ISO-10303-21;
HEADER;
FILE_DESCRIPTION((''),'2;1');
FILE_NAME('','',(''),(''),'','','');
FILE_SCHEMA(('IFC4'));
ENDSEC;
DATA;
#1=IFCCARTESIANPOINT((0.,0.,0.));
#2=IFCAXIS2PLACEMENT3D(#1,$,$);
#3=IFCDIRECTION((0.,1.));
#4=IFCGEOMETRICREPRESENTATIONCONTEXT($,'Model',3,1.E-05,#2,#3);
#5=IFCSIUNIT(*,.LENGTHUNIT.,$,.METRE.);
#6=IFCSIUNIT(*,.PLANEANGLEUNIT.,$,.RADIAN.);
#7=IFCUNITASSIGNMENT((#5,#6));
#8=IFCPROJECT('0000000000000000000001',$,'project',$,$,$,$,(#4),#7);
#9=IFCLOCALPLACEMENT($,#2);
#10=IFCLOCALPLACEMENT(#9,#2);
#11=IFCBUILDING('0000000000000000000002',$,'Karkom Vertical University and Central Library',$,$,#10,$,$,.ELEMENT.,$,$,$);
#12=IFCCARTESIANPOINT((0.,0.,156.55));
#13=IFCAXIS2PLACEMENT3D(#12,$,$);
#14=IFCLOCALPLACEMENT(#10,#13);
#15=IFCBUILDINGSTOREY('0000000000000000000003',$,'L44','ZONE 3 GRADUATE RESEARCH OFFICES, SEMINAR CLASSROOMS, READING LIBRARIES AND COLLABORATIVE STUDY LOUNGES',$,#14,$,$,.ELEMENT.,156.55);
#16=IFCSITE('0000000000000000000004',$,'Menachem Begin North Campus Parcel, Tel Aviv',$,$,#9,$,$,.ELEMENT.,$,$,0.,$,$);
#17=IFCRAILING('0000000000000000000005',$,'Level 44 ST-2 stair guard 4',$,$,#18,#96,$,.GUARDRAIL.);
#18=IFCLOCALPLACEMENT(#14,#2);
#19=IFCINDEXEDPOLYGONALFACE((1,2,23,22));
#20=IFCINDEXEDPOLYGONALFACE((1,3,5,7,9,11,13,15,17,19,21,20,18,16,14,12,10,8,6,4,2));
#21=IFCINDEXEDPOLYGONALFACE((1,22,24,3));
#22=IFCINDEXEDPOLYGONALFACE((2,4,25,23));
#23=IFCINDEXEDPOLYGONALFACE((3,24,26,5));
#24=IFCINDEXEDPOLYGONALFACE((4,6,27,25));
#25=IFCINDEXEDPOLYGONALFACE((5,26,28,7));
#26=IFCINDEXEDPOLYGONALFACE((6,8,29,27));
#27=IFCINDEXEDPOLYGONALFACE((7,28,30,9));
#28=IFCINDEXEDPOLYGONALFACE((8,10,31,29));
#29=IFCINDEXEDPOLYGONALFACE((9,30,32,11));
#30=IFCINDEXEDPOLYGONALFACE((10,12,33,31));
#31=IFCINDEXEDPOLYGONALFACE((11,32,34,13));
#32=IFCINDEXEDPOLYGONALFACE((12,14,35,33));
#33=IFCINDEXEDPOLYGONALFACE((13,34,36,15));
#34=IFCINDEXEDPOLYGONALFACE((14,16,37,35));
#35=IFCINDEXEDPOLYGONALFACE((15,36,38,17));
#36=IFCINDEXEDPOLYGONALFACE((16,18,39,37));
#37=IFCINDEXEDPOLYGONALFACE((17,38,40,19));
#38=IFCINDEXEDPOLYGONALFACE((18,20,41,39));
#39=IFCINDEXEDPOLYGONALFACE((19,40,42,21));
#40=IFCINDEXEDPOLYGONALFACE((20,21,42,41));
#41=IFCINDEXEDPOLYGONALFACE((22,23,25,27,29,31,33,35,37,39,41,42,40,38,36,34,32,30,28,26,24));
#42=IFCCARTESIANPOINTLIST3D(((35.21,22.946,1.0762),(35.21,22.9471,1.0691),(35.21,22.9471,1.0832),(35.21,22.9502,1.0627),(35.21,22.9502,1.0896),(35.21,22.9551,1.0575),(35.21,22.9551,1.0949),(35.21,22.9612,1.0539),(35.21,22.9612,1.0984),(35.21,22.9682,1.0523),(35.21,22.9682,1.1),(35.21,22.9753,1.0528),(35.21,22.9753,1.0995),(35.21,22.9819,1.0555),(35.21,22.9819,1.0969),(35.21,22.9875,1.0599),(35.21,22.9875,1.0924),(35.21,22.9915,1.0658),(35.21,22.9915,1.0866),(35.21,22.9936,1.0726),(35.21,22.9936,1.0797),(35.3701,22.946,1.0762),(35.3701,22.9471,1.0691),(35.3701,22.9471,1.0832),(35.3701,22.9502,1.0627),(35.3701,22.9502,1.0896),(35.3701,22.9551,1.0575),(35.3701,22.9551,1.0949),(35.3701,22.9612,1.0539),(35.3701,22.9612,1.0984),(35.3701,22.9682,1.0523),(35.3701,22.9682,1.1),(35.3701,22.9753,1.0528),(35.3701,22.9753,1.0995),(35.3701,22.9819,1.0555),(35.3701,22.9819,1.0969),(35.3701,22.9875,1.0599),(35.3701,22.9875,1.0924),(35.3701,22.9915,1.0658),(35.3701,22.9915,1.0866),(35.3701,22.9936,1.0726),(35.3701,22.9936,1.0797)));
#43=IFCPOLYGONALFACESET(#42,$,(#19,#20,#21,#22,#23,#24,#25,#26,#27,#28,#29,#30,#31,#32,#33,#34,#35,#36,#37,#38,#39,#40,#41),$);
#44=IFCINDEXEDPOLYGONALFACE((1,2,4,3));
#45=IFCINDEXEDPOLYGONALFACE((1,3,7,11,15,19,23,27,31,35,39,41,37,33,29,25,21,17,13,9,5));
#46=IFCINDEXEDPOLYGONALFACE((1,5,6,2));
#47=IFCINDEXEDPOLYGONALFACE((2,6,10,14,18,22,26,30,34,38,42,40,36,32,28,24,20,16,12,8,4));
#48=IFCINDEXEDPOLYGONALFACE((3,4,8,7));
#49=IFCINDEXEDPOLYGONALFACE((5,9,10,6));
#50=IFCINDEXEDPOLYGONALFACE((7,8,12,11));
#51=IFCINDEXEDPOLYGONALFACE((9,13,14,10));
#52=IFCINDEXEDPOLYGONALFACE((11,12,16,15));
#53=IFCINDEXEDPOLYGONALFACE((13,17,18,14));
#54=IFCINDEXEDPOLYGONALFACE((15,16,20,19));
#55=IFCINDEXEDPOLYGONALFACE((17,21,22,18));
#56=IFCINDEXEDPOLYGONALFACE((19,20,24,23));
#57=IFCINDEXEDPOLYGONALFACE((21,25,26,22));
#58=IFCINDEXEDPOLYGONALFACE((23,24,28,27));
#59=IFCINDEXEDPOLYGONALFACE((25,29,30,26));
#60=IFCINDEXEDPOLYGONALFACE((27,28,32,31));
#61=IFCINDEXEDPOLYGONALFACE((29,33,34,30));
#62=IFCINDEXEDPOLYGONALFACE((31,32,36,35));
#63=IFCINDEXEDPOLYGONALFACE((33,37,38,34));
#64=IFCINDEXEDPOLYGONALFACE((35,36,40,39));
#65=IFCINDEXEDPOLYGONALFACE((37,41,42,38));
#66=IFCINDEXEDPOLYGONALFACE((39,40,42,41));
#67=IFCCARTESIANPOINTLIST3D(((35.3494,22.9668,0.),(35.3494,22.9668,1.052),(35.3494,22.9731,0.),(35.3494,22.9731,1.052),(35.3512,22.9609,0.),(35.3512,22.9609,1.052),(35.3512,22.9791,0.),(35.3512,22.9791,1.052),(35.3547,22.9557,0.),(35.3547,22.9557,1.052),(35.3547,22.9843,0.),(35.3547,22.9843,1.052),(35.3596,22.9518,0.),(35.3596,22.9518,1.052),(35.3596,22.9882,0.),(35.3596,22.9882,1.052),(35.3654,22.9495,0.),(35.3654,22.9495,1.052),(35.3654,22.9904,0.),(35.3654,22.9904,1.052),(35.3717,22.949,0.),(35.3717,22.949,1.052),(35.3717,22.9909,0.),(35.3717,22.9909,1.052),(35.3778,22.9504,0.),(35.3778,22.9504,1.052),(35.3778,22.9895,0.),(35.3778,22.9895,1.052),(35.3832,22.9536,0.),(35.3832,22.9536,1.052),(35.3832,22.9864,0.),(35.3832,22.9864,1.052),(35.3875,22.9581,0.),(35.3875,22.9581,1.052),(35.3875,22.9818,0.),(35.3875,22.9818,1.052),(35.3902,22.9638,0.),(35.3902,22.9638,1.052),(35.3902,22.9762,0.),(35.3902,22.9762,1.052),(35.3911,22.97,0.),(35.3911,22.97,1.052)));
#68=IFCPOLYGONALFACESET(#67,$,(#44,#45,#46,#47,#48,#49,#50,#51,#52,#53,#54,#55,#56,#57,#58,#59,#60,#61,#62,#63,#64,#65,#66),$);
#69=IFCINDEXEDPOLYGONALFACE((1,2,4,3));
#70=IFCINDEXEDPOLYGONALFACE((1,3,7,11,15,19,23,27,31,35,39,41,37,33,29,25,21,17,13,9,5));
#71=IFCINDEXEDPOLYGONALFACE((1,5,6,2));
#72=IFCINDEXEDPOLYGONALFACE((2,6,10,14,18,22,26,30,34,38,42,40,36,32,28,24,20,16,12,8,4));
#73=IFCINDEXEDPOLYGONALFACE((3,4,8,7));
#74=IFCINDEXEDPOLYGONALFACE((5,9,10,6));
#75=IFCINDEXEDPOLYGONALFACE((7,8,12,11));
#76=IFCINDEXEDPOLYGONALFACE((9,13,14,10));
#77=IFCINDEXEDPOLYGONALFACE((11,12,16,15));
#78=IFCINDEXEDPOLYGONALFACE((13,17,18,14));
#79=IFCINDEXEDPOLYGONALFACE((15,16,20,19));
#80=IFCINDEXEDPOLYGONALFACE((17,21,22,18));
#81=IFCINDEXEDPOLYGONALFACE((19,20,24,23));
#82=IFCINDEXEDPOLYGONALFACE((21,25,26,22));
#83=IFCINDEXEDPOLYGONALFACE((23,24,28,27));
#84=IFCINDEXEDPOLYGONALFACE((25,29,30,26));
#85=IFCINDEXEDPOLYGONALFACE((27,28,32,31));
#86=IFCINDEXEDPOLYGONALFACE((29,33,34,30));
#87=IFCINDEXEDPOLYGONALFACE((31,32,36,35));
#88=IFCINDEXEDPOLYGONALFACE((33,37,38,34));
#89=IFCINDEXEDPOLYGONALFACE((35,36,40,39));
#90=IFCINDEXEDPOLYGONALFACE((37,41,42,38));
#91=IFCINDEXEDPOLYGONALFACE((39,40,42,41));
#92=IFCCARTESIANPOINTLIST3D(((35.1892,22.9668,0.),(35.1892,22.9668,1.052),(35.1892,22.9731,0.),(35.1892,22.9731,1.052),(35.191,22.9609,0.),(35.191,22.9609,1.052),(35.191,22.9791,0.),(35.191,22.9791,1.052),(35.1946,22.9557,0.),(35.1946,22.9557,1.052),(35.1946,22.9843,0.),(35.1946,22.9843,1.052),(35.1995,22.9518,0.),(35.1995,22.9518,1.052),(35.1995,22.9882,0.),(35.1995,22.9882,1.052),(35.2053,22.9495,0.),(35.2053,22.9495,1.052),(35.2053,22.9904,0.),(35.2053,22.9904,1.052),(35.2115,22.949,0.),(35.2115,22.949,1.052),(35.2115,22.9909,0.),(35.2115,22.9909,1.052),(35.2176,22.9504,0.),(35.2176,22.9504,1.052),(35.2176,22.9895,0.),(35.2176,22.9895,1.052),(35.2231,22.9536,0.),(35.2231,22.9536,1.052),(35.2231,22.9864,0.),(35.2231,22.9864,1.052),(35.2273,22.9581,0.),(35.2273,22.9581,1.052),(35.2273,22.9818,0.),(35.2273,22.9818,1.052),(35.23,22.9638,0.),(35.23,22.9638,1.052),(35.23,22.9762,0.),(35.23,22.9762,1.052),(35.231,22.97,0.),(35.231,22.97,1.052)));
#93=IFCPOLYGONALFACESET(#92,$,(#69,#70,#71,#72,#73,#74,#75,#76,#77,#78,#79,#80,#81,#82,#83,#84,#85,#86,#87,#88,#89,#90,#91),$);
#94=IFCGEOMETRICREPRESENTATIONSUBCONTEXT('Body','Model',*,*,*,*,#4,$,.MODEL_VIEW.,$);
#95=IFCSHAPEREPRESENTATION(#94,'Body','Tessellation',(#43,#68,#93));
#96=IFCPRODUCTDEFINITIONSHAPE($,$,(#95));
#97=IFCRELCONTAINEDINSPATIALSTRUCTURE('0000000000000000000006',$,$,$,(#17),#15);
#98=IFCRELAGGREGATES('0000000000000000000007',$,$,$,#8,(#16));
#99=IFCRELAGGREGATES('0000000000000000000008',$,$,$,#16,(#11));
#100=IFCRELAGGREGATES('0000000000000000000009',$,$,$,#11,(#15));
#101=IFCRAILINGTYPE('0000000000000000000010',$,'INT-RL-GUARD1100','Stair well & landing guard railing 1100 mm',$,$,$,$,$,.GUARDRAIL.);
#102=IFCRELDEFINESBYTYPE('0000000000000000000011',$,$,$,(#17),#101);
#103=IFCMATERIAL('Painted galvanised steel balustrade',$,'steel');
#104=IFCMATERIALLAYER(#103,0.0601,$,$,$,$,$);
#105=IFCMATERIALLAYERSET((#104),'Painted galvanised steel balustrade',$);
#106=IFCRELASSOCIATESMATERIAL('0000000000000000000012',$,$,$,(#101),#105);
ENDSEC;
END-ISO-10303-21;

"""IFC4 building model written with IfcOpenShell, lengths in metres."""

from ifc_helpers import new_model, si_unit, direction, frame, origin, origin_2d, place, context, subcontext, project, spatial, circle, extrude, material, layer, layer_set, type_object, element, save


model = new_model("IFC4")

# Units and contexts
model_context = context("Model", 3, precision=1e-05, world=origin(), true_north=direction((0.0, 1.0)))
body_context = subcontext(model_context, "Body", "Model", "MODEL_VIEW")
ifc_project = project(units=[si_unit("LENGTHUNIT", "METRE"), si_unit("PLANEANGLEUNIT", "RADIAN")], contexts=[model_context])

# Site, building, storey
site_placement = place(None, origin())
site = spatial("IfcSite", under=ifc_project, at=site_placement, Name="Menachem Begin North Campus Parcel, Tel Aviv", CompositionType="ELEMENT", RefElevation=0.0)
building_placement = place(site_placement, origin())
building = spatial("IfcBuilding", under=site, at=building_placement, Name="Karkom Vertical University and Central Library", CompositionType="ELEMENT")
storey_placement = place(building_placement, frame((0.0, 0.0, 156.55)))
storey = spatial("IfcBuildingStorey", under=building, at=storey_placement, Name="L44", Description="ZONE 3 GRADUATE RESEARCH OFFICES, SEMINAR CLASSROOMS, READING LIBRARIES AND COLLABORATIVE STUDY LOUNGES", CompositionType="ELEMENT", Elevation=156.55)

# Railing
ifc_material_1 = material(Name="Painted galvanised steel balustrade", Category="steel")
ifc_layer_1 = layer(ifc_material_1, 0.0601)
ifc_layer_set_1 = layer_set([ifc_layer_1], Name="Painted galvanised steel balustrade")
railing_type_1 = type_object("IfcRailingType", Name="INT-RL-GUARD1100", Description="Stair well & landing guard railing 1100 mm", PredefinedType="GUARDRAIL", material=ifc_layer_set_1)
railing_1_placement = place(storey_placement, frame((35.3701, 22.97, 0.0)))
element("IfcRailing", 1, at=railing_1_placement, inside=storey, type_object=railing_type_1, Name="Level 44 ST-2 stair guard 4", PredefinedType="GUARDRAIL", context=body_context, shape_type="SweptSolid", body=[
    extrude(circle(Radius=0.0239, at=origin_2d()), frame((0.0, 0.0, 1.0762), z_axis=(-1.0, 0.0, 0.0), x_axis=(0.0, -1.0, 0.0)), (0.0, 0.0, 1.0), 0.1602),
    extrude(circle(Radius=0.021, at=origin_2d()), origin(), (0.0, 0.0, 1.0), 1.052),
    extrude(circle(Radius=0.021, at=origin_2d()), frame((-0.1602, 0.0, 0.0)), (0.0, 0.0, 1.0), 1.052),
])

save(model, "model.ifc")
